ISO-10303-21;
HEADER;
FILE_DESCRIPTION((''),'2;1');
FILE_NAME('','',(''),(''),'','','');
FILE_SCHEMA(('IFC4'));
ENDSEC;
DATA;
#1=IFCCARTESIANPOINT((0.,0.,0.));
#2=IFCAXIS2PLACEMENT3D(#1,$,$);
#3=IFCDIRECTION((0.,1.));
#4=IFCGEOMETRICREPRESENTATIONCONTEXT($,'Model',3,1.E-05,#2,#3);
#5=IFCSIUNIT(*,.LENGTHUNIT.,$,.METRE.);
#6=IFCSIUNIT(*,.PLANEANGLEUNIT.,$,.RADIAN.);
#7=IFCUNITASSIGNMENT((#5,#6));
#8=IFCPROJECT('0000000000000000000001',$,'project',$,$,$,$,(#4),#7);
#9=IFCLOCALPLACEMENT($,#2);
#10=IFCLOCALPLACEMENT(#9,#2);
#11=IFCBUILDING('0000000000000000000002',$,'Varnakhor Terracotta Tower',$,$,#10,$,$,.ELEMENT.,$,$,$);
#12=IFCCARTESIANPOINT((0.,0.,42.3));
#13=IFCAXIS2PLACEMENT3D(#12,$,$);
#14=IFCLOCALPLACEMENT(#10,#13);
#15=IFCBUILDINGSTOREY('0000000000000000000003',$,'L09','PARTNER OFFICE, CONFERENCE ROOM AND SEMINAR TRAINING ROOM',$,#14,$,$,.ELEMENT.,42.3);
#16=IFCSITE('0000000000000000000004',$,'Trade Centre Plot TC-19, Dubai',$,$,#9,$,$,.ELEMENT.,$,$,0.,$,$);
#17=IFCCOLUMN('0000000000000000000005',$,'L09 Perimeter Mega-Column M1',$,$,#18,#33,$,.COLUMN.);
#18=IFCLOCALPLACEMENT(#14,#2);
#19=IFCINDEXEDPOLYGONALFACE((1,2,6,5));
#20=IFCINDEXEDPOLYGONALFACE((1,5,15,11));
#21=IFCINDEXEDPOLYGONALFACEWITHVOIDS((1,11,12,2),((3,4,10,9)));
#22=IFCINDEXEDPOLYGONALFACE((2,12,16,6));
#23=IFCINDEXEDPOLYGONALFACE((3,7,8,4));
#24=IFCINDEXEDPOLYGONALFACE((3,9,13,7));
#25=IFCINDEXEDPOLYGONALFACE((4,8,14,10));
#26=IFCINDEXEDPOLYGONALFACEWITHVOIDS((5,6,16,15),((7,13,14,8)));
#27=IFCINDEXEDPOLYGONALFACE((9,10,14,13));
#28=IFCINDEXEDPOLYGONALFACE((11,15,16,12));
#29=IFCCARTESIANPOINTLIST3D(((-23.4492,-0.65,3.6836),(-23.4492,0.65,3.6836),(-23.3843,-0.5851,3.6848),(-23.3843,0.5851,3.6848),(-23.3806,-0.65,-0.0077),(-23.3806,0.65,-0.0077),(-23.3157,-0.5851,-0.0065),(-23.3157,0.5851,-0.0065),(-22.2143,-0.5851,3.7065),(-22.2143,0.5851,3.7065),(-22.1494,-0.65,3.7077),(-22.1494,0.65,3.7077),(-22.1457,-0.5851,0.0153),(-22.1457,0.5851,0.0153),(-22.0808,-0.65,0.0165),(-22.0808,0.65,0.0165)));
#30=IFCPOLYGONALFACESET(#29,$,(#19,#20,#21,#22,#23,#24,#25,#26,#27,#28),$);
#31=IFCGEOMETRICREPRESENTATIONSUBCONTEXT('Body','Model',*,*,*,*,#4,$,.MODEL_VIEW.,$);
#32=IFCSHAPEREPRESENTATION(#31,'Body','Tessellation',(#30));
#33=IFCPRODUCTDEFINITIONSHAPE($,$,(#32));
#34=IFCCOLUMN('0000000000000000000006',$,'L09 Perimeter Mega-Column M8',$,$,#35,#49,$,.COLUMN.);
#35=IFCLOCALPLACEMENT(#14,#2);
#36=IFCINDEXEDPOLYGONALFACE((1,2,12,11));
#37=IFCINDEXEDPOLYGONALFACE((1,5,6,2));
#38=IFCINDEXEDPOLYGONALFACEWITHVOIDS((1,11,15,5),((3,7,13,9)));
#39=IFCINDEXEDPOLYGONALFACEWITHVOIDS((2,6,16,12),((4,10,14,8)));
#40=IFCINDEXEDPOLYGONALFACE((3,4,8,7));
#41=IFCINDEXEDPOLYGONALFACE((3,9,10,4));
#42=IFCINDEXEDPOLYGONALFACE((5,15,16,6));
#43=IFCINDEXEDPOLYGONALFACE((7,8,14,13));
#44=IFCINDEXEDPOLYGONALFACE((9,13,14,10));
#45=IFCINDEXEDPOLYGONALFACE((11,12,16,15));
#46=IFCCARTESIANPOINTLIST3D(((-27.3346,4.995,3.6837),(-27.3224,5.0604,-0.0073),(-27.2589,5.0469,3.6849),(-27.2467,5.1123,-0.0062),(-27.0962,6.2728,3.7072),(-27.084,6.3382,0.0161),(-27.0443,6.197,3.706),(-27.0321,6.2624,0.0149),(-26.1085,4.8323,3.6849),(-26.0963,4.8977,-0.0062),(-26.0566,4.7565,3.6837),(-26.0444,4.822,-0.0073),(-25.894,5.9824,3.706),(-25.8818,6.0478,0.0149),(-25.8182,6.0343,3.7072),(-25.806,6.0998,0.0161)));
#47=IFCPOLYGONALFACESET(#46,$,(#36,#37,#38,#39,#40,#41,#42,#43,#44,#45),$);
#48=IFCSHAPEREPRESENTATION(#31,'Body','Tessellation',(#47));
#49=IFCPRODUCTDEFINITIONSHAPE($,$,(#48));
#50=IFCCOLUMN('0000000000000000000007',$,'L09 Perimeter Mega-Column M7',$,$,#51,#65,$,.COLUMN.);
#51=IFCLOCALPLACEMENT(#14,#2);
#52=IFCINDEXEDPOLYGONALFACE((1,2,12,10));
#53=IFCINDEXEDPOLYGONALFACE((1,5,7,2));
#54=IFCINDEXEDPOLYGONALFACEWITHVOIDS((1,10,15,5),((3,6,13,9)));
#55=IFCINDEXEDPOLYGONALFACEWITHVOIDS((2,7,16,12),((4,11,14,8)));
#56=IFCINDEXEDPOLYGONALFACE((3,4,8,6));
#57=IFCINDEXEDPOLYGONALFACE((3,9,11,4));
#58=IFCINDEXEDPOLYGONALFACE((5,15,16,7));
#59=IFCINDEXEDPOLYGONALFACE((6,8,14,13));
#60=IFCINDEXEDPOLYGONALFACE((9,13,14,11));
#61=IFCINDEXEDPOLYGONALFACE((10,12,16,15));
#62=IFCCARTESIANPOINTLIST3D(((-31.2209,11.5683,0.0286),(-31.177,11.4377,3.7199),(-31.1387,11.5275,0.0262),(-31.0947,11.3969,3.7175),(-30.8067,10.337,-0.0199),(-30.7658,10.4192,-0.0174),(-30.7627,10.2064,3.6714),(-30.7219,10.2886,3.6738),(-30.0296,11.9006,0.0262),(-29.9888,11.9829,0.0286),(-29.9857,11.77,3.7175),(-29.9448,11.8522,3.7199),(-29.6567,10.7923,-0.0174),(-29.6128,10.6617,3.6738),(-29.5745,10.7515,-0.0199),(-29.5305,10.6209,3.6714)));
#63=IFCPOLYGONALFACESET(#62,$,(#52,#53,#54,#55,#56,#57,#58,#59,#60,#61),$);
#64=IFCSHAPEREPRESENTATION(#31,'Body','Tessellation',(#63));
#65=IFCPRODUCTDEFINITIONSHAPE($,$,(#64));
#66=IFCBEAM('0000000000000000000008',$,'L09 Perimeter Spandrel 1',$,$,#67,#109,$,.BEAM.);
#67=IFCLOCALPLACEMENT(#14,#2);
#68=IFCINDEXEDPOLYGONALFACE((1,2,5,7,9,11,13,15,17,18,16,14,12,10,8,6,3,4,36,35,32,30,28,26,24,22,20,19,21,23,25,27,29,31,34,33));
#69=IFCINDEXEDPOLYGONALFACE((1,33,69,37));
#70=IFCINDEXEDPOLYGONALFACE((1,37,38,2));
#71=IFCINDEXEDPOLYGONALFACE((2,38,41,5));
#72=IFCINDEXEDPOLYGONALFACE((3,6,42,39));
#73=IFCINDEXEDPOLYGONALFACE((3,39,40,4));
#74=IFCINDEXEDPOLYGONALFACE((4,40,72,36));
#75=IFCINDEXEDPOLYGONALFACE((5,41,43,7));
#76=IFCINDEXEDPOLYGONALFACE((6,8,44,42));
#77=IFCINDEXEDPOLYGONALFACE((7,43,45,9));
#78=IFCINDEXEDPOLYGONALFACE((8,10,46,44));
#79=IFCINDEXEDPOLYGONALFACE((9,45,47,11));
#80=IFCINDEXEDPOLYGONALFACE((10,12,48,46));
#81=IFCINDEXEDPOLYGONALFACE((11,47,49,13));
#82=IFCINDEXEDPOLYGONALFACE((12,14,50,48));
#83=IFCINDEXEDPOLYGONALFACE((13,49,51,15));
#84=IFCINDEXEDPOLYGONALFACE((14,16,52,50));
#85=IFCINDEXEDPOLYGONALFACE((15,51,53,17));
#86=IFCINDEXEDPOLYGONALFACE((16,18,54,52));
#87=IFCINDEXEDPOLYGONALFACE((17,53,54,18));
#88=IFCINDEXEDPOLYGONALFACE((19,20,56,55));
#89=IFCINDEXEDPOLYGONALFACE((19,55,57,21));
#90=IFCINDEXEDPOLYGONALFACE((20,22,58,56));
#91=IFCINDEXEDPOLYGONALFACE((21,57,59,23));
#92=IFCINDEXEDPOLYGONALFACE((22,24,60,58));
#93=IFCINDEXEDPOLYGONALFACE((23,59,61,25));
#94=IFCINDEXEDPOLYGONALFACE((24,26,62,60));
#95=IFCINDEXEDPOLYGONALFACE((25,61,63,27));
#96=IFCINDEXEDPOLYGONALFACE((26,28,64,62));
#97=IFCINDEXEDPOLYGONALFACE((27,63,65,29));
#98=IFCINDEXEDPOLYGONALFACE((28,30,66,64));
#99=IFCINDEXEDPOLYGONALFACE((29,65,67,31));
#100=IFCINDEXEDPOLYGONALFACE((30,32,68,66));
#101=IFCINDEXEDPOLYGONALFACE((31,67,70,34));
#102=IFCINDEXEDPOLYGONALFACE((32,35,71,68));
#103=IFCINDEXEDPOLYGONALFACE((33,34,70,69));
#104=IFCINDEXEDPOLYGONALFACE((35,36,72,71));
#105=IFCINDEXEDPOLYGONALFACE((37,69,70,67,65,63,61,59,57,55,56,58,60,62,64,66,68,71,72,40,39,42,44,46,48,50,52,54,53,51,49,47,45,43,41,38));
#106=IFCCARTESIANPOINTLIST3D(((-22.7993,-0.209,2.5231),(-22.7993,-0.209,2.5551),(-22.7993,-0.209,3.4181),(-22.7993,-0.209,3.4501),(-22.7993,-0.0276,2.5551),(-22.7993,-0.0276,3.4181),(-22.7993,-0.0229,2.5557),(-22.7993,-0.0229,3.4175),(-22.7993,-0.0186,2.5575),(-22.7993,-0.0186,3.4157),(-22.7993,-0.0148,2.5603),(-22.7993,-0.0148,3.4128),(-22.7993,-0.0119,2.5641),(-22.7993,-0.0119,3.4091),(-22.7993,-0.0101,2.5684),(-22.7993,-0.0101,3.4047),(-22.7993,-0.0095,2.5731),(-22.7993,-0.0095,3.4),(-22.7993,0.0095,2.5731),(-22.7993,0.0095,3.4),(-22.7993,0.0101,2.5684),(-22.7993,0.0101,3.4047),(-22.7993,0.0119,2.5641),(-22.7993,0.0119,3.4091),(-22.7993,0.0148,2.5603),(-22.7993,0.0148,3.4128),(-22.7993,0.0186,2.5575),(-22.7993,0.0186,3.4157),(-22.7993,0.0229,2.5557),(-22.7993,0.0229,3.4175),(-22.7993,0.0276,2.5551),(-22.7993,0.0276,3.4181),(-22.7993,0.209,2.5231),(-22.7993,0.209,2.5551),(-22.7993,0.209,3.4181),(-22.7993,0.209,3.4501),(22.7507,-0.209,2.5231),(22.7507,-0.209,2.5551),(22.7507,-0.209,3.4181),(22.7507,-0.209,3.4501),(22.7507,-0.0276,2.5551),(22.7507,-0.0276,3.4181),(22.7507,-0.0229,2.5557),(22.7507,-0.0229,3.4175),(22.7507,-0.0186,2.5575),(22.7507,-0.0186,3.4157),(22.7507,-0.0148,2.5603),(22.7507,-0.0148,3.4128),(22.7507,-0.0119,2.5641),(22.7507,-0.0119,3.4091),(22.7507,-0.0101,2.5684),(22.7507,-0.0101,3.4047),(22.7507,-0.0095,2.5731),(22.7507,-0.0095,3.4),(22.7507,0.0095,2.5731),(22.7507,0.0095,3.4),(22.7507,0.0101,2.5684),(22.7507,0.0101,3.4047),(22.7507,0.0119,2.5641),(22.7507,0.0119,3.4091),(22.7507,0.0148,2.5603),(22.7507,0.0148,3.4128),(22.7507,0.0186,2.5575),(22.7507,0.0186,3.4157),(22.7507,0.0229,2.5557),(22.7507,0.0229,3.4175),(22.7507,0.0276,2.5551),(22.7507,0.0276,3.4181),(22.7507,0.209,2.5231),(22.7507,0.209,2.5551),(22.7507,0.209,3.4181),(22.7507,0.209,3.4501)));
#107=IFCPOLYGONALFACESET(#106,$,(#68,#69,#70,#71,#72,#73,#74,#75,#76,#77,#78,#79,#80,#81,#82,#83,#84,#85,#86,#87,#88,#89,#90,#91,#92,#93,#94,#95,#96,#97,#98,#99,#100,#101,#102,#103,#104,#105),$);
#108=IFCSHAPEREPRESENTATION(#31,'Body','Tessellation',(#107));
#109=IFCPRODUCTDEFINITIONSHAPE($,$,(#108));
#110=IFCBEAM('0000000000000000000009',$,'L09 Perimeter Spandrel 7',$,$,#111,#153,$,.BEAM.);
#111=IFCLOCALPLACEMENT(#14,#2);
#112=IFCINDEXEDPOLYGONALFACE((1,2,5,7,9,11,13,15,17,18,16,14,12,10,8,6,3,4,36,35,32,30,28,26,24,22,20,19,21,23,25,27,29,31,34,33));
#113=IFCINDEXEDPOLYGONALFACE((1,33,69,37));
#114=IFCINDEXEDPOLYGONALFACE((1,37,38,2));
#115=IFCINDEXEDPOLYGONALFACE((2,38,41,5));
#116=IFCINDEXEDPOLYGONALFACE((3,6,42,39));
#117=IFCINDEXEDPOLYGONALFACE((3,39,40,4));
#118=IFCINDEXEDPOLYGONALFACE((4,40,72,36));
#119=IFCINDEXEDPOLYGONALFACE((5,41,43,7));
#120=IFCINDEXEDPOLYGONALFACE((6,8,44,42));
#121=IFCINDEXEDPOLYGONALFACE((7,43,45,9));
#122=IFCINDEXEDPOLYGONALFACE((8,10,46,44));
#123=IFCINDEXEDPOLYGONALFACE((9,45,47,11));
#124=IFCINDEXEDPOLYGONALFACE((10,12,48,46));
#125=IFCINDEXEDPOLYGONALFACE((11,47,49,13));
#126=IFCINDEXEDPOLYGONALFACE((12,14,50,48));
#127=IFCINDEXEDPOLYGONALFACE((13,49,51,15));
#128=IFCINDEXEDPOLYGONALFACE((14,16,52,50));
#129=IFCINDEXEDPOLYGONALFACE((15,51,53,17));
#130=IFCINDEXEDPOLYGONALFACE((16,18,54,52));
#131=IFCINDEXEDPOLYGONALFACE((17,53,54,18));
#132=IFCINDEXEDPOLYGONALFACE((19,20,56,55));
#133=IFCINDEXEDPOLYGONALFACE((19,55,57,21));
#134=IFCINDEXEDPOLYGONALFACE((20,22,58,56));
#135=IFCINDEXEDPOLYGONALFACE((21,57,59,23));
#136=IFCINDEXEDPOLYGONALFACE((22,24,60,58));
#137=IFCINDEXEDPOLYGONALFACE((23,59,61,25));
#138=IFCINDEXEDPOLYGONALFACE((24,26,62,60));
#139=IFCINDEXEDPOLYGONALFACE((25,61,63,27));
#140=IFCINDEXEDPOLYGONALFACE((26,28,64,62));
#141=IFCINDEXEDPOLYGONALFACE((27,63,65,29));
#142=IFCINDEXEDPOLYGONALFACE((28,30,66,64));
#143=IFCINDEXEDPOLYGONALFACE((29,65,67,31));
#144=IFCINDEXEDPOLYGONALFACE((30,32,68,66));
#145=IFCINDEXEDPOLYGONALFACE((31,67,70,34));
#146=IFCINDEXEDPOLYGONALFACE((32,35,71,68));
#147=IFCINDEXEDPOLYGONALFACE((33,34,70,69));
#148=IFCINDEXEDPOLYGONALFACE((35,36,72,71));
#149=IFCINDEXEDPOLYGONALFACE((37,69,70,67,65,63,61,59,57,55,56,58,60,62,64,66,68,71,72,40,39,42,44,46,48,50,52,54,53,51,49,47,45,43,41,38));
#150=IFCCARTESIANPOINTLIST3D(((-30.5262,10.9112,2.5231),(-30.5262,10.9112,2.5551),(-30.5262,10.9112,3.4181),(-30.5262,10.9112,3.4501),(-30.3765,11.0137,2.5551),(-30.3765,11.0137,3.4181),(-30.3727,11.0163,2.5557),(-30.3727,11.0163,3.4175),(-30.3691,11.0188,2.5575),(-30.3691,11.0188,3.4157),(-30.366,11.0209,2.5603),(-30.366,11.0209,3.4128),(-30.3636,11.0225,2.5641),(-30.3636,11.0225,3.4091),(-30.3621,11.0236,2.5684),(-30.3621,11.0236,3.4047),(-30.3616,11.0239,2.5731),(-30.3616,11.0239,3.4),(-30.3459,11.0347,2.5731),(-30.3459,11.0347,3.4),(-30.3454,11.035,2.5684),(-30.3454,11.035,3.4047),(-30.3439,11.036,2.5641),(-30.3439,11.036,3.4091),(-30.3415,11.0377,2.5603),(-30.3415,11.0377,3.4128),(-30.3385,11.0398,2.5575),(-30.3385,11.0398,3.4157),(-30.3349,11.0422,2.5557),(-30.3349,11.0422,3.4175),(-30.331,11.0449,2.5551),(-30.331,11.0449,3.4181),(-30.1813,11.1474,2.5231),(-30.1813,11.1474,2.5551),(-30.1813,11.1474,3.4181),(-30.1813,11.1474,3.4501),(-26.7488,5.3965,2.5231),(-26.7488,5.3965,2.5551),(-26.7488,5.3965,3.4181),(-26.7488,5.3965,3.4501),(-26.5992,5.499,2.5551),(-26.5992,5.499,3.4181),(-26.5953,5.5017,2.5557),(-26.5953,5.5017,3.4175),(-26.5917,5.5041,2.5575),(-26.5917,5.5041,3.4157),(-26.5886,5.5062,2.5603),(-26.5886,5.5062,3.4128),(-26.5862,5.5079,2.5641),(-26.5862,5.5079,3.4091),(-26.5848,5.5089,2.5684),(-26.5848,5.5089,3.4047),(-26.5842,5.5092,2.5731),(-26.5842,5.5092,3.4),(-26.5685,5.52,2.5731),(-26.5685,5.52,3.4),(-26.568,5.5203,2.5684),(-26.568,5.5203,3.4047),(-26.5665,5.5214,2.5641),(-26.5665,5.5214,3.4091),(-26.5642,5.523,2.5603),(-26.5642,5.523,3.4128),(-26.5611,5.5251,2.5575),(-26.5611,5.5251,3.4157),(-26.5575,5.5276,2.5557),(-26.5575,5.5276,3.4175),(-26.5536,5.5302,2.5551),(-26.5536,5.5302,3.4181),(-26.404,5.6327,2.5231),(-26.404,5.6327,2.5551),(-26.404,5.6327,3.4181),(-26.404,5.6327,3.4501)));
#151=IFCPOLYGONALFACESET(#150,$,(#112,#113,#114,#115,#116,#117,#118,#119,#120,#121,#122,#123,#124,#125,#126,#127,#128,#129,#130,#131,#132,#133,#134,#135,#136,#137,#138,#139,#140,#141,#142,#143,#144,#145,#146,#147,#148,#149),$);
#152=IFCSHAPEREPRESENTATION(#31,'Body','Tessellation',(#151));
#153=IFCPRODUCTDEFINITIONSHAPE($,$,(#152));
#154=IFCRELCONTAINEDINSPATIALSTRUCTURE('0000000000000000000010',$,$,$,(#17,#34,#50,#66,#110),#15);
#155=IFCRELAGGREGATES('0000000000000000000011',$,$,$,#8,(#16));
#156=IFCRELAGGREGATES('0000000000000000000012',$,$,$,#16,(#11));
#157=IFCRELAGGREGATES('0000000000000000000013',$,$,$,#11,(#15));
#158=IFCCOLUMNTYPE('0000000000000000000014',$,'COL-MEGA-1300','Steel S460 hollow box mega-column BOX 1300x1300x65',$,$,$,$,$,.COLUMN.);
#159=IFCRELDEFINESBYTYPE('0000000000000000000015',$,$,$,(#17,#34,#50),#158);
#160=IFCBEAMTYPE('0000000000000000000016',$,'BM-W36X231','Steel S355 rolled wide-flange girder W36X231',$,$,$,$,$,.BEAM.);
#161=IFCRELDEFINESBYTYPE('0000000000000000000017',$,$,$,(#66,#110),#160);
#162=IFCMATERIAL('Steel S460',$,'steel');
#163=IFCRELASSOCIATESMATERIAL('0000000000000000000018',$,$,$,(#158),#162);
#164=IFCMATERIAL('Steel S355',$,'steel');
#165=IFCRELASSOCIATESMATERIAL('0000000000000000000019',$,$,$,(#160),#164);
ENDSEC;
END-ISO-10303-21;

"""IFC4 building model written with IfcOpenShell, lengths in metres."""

from ifc_helpers import new_model, si_unit, direction, frame, origin, origin_2d, place, context, subcontext, project, spatial, hollow_rectangle, i_section, extrude, source, transform, mapped, material, material_profile, profile_set, type_object, type_shapes, element, save


model = new_model("IFC4")

# Units and contexts
model_context = context("Model", 3, precision=1e-05, world=origin(), true_north=direction((0.0, 1.0)))
body_context = subcontext(model_context, "Body", "Model", "MODEL_VIEW")
ifc_project = project(units=[si_unit("LENGTHUNIT", "METRE"), si_unit("PLANEANGLEUNIT", "RADIAN")], contexts=[model_context])

# Site, building, storey
site_placement = place(None, origin())
site = spatial("IfcSite", under=ifc_project, at=site_placement, Name="Trade Centre Plot TC-19, Dubai", CompositionType="ELEMENT", RefElevation=0.0)
building_placement = place(site_placement, origin())
building = spatial("IfcBuilding", under=site, at=building_placement, Name="Varnakhor Terracotta Tower", CompositionType="ELEMENT")
storey_placement = place(building_placement, frame((0.0, 0.0, 42.3)))
storey = spatial("IfcBuildingStorey", under=building, at=storey_placement, Name="L09", Description="PARTNER OFFICE, CONFERENCE ROOM AND SEMINAR TRAINING ROOM", CompositionType="ELEMENT", Elevation=42.3)

# Columns
ifc_material_1 = material(Name="Steel S460", Category="steel")
ifc_material_profile_1 = material_profile(ifc_material_1, hollow_rectangle(XDim=1.3, YDim=1.3, WallThickness=0.0649, at=origin_2d()), Name="BOX 1300x1300x65")
ifc_profile_set_1 = profile_set([ifc_material_profile_1], Name="Steel S460")
column_type = type_object("IfcColumnType", Name="COL-MEGA-1300", Description="Steel S460 hollow box mega-column BOX 1300x1300x65", PredefinedType="COLUMN", material=ifc_profile_set_1)
shared_shape_1 = source(origin(), body_context, "Body", "SweptSolid", [
    extrude(hollow_rectangle(XDim=1.3, YDim=1.3, WallThickness=0.0649, at=origin_2d()), origin(), (0.0, 0.0, 1.0), 3.6919),
])
type_shapes(column_type, [shared_shape_1])
column_1_placement = place(storey_placement, frame((-22.7307, 0.0, 0.0044), z_axis=(-0.018583, 0.0, 0.999827), x_axis=(0.0, -1.0, 0.0)))
element("IfcColumn", 1, at=column_1_placement, inside=storey, type_object=column_type, Name="L09 Perimeter Mega-Column M1", PredefinedType="COLUMN", context=body_context, shape_type="MappedRepresentation", body=[
    mapped(shared_shape_1, transform((0.0, 0.0, 0.0), scale=1.0)),
])
shared_shape_2 = source(origin(), body_context, "Body", "SweptSolid", [
    extrude(hollow_rectangle(XDim=1.3, YDim=1.3, WallThickness=0.0649, at=origin_2d()), origin(), (0.0, 0.0, 1.0), 3.6917),
])
column_2_placement = place(storey_placement, frame((-26.5642, 5.5801, 0.0044), z_axis=(-0.003307, -0.017723, 0.999837), x_axis=(0.983038, -0.183403, 0.0)))
element("IfcColumn", 2, at=column_2_placement, inside=storey, type_object=column_type, Name="L09 Perimeter Mega-Column M8", PredefinedType="COLUMN", context=body_context, shape_type="MappedRepresentation", body=[
    mapped(shared_shape_2, transform((0.0, 0.0, 0.0), scale=1.0)),
])
shared_shape_3 = source(origin(), body_context, "Body", "SweptSolid", [
    extrude(hollow_rectangle(XDim=1.3, YDim=1.3, WallThickness=0.0649, at=origin_2d()), origin(), (0.0, 0.0, 1.0), 3.6938),
])
column_3_placement = place(storey_placement, frame((-30.3977, 11.1599, 0.0044), z_axis=(0.011897, -0.035361, 0.999304), x_axis=(0.947794, 0.318884, 0.0)))
element("IfcColumn", 3, at=column_3_placement, inside=storey, type_object=column_type, Name="L09 Perimeter Mega-Column M7", PredefinedType="COLUMN", context=body_context, shape_type="MappedRepresentation", body=[
    mapped(shared_shape_3, transform((0.0, 0.0, 0.0), scale=1.0)),
])

# Beams
ifc_material_2 = material(Name="Steel S355", Category="steel")
ifc_material_profile_2 = material_profile(ifc_material_2, i_section(OverallWidth=0.418, OverallDepth=0.927, WebThickness=0.019, FlangeThickness=0.032, FilletRadius=0.0181, at=origin_2d()), Name="W36X231")
ifc_profile_set_2 = profile_set([ifc_material_profile_2], Name="Steel S355")
beam_type_1 = type_object("IfcBeamType", Name="BM-W36X231", Description="Steel S355 rolled wide-flange girder W36X231", PredefinedType="BEAM", material=ifc_profile_set_2)
shared_shape_4 = source(origin(), body_context, "Body", "SweptSolid", [
    extrude(i_section(OverallWidth=0.418, OverallDepth=0.927, WebThickness=0.019, FlangeThickness=0.032, FilletRadius=0.0181, at=origin_2d()), origin(), (0.0, 0.0, 1.0), 45.55),
])
beam_1_placement = place(storey_placement, frame((-22.7993, 0.0, 2.9866), z_axis=(1.0, 0.0, 0.0), x_axis=(0.0, 1.0, 0.0)))
element("IfcBeam", 4, at=beam_1_placement, inside=storey, type_object=beam_type_1, Name="L09 Perimeter Spandrel 1", PredefinedType="BEAM", context=body_context, shape_type="MappedRepresentation", body=[
    mapped(shared_shape_4, transform((0.0, 0.0, 0.0), scale=1.0)),
])
shared_shape_5 = source(origin(), body_context, "Body", "SweptSolid", [
    extrude(i_section(OverallWidth=0.418, OverallDepth=0.927, WebThickness=0.019, FlangeThickness=0.032, FilletRadius=0.0181, at=origin_2d()), origin(), (0.0, 0.0, 1.0), 6.6843),
])
beam_2_placement = place(storey_placement, frame((-30.3538, 11.0293, 2.9866), z_axis=(0.565108, -0.825017, 0.0), x_axis=(0.825017, 0.565108, 0.0)))
element("IfcBeam", 5, at=beam_2_placement, inside=storey, type_object=beam_type_1, Name="L09 Perimeter Spandrel 7", PredefinedType="BEAM", context=body_context, shape_type="MappedRepresentation", body=[
    mapped(shared_shape_5, transform((0.0, 0.0, 0.0), scale=1.0)),
])

save(model, "model.ifc")
